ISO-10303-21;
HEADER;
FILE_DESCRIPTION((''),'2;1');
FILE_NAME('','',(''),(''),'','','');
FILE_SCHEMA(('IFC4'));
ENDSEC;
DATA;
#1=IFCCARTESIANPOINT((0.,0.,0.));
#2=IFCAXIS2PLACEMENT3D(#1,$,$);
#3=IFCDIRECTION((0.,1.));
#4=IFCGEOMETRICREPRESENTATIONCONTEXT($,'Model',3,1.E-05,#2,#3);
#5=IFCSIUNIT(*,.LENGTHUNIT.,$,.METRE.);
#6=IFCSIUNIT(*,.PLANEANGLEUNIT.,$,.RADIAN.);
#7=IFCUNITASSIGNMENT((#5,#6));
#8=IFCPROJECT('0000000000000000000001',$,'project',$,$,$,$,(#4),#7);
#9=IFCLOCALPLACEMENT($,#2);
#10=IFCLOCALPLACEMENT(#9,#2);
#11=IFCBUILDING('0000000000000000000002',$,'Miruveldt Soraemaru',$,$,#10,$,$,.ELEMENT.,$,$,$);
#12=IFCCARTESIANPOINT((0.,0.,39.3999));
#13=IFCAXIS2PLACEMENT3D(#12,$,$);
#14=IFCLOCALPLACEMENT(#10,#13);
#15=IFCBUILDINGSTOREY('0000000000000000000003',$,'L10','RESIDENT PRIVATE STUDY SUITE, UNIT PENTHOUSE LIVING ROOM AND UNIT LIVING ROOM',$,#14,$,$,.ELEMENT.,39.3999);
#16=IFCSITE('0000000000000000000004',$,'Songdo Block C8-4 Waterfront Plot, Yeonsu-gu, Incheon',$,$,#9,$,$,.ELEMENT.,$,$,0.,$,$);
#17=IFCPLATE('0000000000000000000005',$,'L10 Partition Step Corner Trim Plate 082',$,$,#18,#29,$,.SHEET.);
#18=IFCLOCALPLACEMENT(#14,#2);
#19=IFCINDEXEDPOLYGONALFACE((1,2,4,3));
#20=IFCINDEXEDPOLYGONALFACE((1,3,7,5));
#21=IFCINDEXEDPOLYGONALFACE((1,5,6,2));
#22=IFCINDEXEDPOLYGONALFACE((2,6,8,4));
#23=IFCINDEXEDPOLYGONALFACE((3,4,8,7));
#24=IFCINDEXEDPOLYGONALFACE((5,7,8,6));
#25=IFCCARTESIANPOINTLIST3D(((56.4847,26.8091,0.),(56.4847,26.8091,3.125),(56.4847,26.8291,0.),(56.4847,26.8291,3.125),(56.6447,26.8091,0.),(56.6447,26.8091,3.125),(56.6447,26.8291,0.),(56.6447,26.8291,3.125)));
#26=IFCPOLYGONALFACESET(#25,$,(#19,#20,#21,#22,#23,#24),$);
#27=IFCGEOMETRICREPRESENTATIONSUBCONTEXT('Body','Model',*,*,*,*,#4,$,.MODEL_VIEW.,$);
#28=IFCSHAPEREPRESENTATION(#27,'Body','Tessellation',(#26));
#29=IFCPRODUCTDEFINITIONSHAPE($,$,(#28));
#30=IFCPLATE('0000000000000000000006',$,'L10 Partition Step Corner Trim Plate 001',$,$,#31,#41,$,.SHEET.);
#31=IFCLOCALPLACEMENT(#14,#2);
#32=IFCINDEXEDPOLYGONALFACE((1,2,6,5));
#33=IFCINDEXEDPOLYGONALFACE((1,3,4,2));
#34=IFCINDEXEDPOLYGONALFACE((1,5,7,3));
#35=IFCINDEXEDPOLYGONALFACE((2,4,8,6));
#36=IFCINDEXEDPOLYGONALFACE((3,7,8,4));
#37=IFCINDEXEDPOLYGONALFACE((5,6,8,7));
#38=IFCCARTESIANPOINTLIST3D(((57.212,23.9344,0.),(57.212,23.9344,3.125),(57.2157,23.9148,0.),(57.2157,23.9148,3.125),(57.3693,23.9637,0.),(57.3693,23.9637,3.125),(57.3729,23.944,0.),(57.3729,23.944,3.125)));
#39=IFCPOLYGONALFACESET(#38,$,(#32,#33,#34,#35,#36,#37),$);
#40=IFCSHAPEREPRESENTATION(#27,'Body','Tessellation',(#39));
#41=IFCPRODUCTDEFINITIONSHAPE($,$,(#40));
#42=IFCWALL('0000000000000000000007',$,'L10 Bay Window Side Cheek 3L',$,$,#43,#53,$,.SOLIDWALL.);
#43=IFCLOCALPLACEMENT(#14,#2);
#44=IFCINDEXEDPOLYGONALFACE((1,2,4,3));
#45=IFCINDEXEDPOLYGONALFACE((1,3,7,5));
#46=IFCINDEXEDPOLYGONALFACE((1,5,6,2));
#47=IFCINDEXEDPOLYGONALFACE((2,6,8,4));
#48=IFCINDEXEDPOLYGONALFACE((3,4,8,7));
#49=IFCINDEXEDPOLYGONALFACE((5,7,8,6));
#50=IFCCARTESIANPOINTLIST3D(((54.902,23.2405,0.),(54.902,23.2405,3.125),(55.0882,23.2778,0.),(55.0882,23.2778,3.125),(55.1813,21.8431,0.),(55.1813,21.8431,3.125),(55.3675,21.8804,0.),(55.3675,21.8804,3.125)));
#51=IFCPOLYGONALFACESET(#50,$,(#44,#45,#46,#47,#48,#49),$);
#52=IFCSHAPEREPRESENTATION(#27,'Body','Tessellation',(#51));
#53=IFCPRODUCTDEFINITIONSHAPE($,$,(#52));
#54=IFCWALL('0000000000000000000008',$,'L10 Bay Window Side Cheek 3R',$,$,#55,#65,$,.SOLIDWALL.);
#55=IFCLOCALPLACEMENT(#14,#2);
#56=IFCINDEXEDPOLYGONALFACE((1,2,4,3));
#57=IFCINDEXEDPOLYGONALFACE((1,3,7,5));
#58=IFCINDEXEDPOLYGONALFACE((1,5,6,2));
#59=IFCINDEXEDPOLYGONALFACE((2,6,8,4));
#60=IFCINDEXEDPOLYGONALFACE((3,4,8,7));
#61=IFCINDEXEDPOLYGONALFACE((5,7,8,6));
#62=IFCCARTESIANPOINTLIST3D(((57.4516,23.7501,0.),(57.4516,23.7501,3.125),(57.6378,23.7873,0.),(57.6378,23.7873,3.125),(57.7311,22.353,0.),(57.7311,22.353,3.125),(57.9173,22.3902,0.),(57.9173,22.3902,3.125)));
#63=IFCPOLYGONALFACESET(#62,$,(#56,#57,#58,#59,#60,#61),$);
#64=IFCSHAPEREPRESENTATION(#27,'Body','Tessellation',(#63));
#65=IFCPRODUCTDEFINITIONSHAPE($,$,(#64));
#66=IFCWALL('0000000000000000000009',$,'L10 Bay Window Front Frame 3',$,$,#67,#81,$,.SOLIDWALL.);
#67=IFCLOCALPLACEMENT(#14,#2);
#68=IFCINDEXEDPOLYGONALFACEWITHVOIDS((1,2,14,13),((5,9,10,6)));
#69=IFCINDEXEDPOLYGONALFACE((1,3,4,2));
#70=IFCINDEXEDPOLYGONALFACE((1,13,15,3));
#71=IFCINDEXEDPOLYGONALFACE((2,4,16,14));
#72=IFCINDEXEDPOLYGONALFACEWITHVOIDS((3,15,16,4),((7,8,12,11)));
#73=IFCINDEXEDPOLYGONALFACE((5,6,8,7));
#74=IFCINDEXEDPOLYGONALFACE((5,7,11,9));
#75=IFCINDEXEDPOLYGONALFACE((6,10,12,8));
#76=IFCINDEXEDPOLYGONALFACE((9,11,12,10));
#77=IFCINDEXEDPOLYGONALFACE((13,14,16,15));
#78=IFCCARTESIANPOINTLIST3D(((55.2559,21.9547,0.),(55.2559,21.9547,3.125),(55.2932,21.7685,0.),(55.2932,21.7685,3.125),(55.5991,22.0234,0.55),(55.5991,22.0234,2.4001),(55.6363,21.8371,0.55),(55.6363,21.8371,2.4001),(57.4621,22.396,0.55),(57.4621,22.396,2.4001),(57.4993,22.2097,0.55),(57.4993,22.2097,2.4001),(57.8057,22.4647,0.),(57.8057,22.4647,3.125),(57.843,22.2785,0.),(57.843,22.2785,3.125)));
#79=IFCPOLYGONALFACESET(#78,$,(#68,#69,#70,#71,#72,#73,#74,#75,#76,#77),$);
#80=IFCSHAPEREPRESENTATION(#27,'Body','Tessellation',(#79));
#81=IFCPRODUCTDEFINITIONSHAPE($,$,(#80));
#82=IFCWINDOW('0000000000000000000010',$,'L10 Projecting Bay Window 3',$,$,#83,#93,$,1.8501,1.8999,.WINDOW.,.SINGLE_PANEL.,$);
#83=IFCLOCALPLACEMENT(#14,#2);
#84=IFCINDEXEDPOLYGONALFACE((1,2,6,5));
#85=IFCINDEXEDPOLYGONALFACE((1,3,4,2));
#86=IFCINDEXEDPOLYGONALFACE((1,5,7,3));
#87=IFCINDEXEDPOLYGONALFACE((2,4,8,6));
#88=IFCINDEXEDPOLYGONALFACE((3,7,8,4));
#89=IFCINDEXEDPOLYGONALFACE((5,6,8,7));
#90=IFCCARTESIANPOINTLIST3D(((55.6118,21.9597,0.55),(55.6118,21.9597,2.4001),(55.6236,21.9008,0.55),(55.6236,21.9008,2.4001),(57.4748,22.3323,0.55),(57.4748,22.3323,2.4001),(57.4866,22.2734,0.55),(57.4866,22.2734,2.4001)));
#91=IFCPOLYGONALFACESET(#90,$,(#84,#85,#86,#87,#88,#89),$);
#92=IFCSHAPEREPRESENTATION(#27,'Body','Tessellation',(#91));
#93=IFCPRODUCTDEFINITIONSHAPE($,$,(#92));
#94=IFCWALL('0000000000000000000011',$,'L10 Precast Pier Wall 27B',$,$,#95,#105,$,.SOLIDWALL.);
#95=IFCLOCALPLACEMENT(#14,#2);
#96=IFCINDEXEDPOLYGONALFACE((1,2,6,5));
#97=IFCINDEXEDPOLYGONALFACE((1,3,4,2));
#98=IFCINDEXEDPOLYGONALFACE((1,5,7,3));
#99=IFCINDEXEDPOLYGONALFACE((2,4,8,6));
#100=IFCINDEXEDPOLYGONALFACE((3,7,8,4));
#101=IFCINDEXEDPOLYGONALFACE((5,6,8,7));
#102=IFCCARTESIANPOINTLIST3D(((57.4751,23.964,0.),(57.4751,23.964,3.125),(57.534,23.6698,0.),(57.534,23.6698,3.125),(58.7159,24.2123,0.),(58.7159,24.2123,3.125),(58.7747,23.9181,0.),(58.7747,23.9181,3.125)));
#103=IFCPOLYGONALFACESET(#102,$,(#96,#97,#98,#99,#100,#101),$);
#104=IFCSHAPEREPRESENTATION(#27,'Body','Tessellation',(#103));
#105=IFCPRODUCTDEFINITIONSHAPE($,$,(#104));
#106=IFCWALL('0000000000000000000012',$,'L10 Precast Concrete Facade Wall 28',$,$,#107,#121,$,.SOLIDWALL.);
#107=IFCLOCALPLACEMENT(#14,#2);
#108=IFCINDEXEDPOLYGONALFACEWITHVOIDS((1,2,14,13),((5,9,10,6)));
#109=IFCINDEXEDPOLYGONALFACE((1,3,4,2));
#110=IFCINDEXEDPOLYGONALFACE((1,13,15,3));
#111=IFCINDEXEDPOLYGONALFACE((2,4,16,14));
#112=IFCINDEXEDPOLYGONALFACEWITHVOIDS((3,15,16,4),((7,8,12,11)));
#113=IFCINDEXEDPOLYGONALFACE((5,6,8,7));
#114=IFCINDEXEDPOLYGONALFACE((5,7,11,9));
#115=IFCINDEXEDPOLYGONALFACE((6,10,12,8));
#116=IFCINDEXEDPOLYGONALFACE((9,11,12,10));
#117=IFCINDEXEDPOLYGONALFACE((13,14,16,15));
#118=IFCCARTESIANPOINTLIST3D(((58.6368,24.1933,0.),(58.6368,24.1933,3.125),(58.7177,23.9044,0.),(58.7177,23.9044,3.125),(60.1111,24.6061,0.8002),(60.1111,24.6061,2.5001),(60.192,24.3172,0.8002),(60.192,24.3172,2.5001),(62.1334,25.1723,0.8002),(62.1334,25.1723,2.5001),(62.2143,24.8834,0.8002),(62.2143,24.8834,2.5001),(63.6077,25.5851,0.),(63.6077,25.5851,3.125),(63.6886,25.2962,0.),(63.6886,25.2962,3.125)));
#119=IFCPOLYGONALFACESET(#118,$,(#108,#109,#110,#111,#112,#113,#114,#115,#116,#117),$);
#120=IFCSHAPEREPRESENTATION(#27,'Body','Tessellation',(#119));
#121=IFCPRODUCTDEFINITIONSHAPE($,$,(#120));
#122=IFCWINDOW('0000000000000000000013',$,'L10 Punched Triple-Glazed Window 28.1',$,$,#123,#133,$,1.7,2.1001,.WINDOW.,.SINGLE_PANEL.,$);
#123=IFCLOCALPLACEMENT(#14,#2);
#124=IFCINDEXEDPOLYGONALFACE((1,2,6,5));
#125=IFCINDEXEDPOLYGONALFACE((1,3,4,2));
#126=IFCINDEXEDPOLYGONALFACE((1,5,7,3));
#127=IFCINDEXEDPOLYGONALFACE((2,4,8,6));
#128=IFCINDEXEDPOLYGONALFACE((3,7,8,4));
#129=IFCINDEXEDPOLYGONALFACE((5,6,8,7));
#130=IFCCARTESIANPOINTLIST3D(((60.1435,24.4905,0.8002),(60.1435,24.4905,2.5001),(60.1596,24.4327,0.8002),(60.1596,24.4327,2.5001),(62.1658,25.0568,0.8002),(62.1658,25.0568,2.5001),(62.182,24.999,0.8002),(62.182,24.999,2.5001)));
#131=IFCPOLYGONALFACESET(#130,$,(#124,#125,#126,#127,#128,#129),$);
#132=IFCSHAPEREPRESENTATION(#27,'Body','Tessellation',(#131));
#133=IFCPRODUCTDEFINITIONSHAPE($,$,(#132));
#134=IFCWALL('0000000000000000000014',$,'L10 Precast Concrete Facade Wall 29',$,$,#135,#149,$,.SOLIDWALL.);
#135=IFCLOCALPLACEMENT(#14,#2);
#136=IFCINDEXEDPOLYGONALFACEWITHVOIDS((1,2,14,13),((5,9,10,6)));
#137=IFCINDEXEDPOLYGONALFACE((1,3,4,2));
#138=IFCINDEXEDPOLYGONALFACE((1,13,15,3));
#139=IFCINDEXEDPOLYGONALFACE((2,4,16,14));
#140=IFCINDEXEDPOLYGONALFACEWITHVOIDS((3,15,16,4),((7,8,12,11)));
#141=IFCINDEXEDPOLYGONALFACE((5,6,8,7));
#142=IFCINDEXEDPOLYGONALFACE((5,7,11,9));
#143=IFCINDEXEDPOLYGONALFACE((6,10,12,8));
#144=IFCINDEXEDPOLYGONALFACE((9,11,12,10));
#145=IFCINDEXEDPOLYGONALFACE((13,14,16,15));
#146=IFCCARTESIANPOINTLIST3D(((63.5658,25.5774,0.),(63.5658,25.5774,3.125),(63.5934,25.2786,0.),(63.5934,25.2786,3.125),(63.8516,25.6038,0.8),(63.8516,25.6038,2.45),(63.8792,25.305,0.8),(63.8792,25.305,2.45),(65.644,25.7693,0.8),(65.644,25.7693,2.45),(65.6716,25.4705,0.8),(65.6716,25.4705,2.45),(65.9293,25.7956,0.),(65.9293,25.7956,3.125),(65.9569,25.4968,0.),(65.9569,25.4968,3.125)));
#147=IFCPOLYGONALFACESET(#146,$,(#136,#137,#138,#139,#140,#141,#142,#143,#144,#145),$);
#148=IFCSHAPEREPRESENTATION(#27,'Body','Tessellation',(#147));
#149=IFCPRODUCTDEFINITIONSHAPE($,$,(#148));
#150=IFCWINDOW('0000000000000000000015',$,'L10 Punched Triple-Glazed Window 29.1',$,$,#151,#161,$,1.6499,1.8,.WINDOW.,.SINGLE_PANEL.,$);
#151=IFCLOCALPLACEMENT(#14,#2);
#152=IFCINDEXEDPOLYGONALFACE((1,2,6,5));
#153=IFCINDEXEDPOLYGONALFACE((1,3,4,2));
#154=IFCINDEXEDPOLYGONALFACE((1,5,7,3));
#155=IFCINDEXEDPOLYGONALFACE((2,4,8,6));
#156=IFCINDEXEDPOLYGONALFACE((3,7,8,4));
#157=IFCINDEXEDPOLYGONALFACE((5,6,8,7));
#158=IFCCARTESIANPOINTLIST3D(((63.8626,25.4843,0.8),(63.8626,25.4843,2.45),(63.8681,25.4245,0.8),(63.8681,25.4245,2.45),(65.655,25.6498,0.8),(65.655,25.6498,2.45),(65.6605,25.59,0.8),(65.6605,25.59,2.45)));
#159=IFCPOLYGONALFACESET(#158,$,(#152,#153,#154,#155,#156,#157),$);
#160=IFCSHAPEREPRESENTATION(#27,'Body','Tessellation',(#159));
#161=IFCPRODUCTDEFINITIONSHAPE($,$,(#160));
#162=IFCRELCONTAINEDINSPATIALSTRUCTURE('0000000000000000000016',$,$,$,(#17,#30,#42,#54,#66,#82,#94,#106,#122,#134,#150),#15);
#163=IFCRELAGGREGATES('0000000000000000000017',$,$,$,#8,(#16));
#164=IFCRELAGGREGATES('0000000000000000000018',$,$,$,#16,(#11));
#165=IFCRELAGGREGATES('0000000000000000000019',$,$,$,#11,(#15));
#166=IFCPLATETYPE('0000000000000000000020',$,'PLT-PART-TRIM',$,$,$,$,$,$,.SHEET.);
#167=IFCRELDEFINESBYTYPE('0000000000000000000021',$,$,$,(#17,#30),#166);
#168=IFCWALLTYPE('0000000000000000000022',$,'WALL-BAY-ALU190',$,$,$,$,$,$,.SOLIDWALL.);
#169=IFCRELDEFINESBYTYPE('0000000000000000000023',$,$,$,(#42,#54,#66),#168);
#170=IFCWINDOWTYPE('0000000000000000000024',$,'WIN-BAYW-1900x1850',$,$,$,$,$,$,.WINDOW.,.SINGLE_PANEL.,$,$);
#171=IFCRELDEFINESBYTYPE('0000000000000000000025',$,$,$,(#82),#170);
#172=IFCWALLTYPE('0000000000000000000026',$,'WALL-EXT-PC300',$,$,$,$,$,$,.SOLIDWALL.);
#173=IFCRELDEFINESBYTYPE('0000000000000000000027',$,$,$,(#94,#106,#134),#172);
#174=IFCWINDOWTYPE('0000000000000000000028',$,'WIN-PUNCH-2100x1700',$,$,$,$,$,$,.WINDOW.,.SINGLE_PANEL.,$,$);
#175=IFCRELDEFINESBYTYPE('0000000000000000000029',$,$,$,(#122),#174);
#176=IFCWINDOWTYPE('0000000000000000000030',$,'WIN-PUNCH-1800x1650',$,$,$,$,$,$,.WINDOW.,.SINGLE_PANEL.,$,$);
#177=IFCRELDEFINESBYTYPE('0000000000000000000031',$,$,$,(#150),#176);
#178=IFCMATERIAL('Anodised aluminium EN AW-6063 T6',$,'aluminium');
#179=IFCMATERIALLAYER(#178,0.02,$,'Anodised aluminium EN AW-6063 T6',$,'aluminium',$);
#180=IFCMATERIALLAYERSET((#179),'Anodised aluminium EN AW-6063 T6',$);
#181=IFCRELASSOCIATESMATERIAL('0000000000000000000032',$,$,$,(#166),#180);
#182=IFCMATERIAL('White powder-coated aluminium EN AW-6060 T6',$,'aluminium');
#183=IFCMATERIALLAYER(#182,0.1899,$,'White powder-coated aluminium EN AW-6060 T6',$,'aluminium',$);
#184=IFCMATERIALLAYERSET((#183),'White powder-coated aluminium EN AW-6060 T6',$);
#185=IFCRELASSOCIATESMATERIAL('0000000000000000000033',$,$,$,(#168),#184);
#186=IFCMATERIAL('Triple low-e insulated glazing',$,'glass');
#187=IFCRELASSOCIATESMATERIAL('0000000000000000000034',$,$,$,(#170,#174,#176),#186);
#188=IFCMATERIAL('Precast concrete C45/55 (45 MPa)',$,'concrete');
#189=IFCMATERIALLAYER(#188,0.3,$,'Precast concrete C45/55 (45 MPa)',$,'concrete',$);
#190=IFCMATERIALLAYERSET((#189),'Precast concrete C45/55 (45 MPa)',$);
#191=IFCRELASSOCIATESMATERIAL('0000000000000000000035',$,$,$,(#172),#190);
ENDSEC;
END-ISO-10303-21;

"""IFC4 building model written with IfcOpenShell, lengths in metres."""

from ifc_helpers import new_model, si_unit, direction, frame, frame_2d, origin, origin_2d, place, context, subcontext, project, spatial, rectangle, extrude, material, layer, layer_set, type_object, element, fill, save


model = new_model("IFC4")

# Units and contexts
model_context = context("Model", 3, precision=1e-05, world=origin(), true_north=direction((0.0, 1.0)))
body_context = subcontext(model_context, "Body", "Model", "MODEL_VIEW")
ifc_project = project(units=[si_unit("LENGTHUNIT", "METRE"), si_unit("PLANEANGLEUNIT", "RADIAN")], contexts=[model_context])

# Site, building, storey
site_placement = place(None, origin())
site = spatial("IfcSite", under=ifc_project, at=site_placement, Name="Songdo Block C8-4 Waterfront Plot, Yeonsu-gu, Incheon", CompositionType="ELEMENT", RefElevation=0.0)
building_placement = place(site_placement, origin())
building = spatial("IfcBuilding", under=site, at=building_placement, Name="Miruveldt Soraemaru", CompositionType="ELEMENT")
storey_placement = place(building_placement, frame((0.0, 0.0, 39.3999)))
storey = spatial("IfcBuildingStorey", under=building, at=storey_placement, Name="L10", Description="RESIDENT PRIVATE STUDY SUITE, UNIT PENTHOUSE LIVING ROOM AND UNIT LIVING ROOM", CompositionType="ELEMENT", Elevation=39.3999)

# Plates
ifc_material_1 = material(Name="Anodised aluminium EN AW-6063 T6", Category="aluminium")
ifc_layer_1 = layer(ifc_material_1, 0.02, Name="Anodised aluminium EN AW-6063 T6", Category="aluminium")
ifc_layer_set_1 = layer_set([ifc_layer_1], Name="Anodised aluminium EN AW-6063 T6")
plate_type = type_object("IfcPlateType", Name="PLT-PART-TRIM", PredefinedType="SHEET", material=ifc_layer_set_1)
for number, where, z_axis, x_axis, name in (
    (1, (56.5647, 26.8191, 0.0), (0.0, 0.0, 1.0), (1.0, 0.0, 0.0), "L10 Partition Step Corner Trim Plate 082"),
    (2, (57.2925, 23.9392, 0.0), (0.0, 0.0, 1.0), (0.983159, 0.18275, 0.0), "L10 Partition Step Corner Trim Plate 001"),
):
    element("IfcPlate", number, at=place(storey_placement, frame(where, z_axis=z_axis, x_axis=x_axis)), inside=storey, type_object=plate_type, Name=name, PredefinedType="SHEET", context=body_context, shape_type="SweptSolid", body=[
        extrude(rectangle(XDim=0.1599, YDim=0.02, at=origin_2d()), origin(), (0.0, 0.0, 1.0), 3.125),
    ])

# Walls
ifc_material_2 = material(Name="White powder-coated aluminium EN AW-6060 T6", Category="aluminium")
ifc_layer_2 = layer(ifc_material_2, 0.1899, Name="White powder-coated aluminium EN AW-6060 T6", Category="aluminium")
ifc_layer_set_2 = layer_set([ifc_layer_2], Name="White powder-coated aluminium EN AW-6060 T6")
wall_type_1 = type_object("IfcWallType", Name="WALL-BAY-ALU190", PredefinedType="SOLIDWALL", material=ifc_layer_set_2)
wall_1_placement = place(storey_placement, frame((54.9951, 23.259, 0.0), z_axis=(0.0, 0.0, 1.0), x_axis=(0.195984, -0.980607, 0.0)))
element("IfcWall", 3, at=wall_1_placement, inside=storey, type_object=wall_type_1, Name="L10 Bay Window Side Cheek 3L", PredefinedType="SOLIDWALL", context=body_context, shape_type="SweptSolid", body=[
    extrude(rectangle(XDim=1.425, YDim=0.1899, at=frame_2d((0.7124, 0.0))), origin(), (0.0, 0.0, 1.0), 3.125),
])
wall_2_placement = place(storey_placement, frame((57.8242, 22.3716, 0.0), z_axis=(0.0, 0.0, 1.0), x_axis=(-0.196182, 0.980567, 0.0)))
element("IfcWall", 4, at=wall_2_placement, inside=storey, type_object=wall_type_1, Name="L10 Bay Window Side Cheek 3R", PredefinedType="SOLIDWALL", context=body_context, shape_type="SweptSolid", body=[
    extrude(rectangle(XDim=1.4248, YDim=0.1899, at=frame_2d((0.7124, 0.0))), origin(), (0.0, 0.0, 1.0), 3.125),
])

# Wall, opening, window
wall_3_placement = place(storey_placement, frame((55.2744, 21.8616, 0.0), z_axis=(0.0, 0.0, 1.0), x_axis=(0.980577, 0.196134, 0.0)))
wall_3 = element("IfcWall", 5, at=wall_3_placement, inside=storey, type_object=wall_type_1, Name="L10 Bay Window Front Frame 3", PredefinedType="SOLIDWALL", context=body_context, shape_type="SweptSolid", body=[
    extrude(rectangle(XDim=2.6003, YDim=0.1899, at=frame_2d((1.3003, 0.0))), origin(), (0.0, 0.0, 1.0), 3.125),
])
opening_1_placement = place(wall_3_placement, frame((0.3501, 0.0, 0.55)))
opening_1 = element("IfcOpeningElement", 6, at=opening_1_placement, cuts=wall_3, PredefinedType="OPENING", context=body_context, shape_type="SweptSolid", body=[
    extrude(rectangle(XDim=1.8999, YDim=1.8501, at=frame_2d((0.95, 0.925))), frame((0.0, 0.105, 0.0), z_axis=(0.0, -1.0, 0.0), x_axis=(1.0, 0.0, 0.0)), (0.0, 0.0, 1.0), 0.21),
])
ifc_material_3 = material(Name="Triple low-e insulated glazing", Category="glass")
window_type_1 = type_object("IfcWindowType", Name="WIN-BAYW-1900x1850", PartitioningType="SINGLE_PANEL", PredefinedType="WINDOW", material=ifc_material_3)
window_1_placement = place(opening_1_placement, origin())
window_1 = element("IfcWindow", 7, at=window_1_placement, inside=storey, type_object=window_type_1, Name="L10 Projecting Bay Window 3", OverallHeight=1.8501, OverallWidth=1.8999, PartitioningType="SINGLE_PANEL", PredefinedType="WINDOW", context=body_context, shape_type="SweptSolid", body=[
    extrude(rectangle(XDim=1.8999, YDim=1.8501, at=frame_2d((0.95, 0.925))), frame((0.0, 0.03, 0.0), z_axis=(0.0, -1.0, 0.0), x_axis=(1.0, 0.0, 0.0)), (0.0, 0.0, 1.0), 0.0601),
])
fill(opening_1, window_1)

# Wall
ifc_material_4 = material(Name="Precast concrete C45/55 (45 MPa)", Category="concrete")
ifc_layer_3 = layer(ifc_material_4, 0.3, Name="Precast concrete C45/55 (45 MPa)", Category="concrete")
ifc_layer_set_3 = layer_set([ifc_layer_3], Name="Precast concrete C45/55 (45 MPa)")
wall_type_2 = type_object("IfcWallType", Name="WALL-EXT-PC300", PredefinedType="SOLIDWALL", material=ifc_layer_set_3)
wall_4_placement = place(storey_placement, frame((57.5044, 23.8169, 0.0), z_axis=(0.0, 0.0, 1.0), x_axis=(0.980558, 0.196227, 0.0)))
element("IfcWall", 8, at=wall_4_placement, inside=storey, type_object=wall_type_2, Name="L10 Precast Pier Wall 27B", PredefinedType="SOLIDWALL", context=body_context, shape_type="SweptSolid", body=[
    extrude(rectangle(XDim=1.2654, YDim=0.3, at=frame_2d((0.6328, 0.0))), origin(), (0.0, 0.0, 1.0), 3.125),
])

# Walls, openings, windows
wall_5_placement = place(storey_placement, frame((58.6772, 24.0488, 0.0), z_axis=(0.0, 0.0, 1.0), x_axis=(0.962965, 0.269626, 0.0)))
wall_5 = element("IfcWall", 9, at=wall_5_placement, inside=storey, type_object=wall_type_2, Name="L10 Precast Concrete Facade Wall 28", PredefinedType="SOLIDWALL", context=body_context, shape_type="SweptSolid", body=[
    extrude(rectangle(XDim=5.1621, YDim=0.3, at=frame_2d((2.5811, 0.0))), origin(), (0.0, 0.0, 1.0), 3.125),
])
opening_2_placement = place(wall_5_placement, frame((1.531, 0.0, 0.8)))
opening_2 = element("IfcOpeningElement", 10, at=opening_2_placement, cuts=wall_5, PredefinedType="OPENING", context=body_context, shape_type="SweptSolid", body=[
    extrude(rectangle(XDim=2.1001, YDim=1.7, at=frame_2d((1.05, 0.8501))), frame((0.0, 0.1602, 0.0), z_axis=(0.0, -1.0, 0.0), x_axis=(1.0, 0.0, 0.0)), (0.0, 0.0, 1.0), 0.3201),
])
window_type_2 = type_object("IfcWindowType", Name="WIN-PUNCH-2100x1700", PartitioningType="SINGLE_PANEL", PredefinedType="WINDOW", material=ifc_material_3)
window_2_placement = place(opening_2_placement, origin())
window_2 = element("IfcWindow", 11, at=window_2_placement, inside=storey, type_object=window_type_2, Name="L10 Punched Triple-Glazed Window 28.1", OverallHeight=1.7, OverallWidth=2.1001, PartitioningType="SINGLE_PANEL", PredefinedType="WINDOW", context=body_context, shape_type="SweptSolid", body=[
    extrude(rectangle(XDim=2.1001, YDim=1.7, at=frame_2d((1.05, 0.8501))), frame((0.0, 0.03, 0.0), z_axis=(0.0, -1.0, 0.0), x_axis=(1.0, 0.0, 0.0)), (0.0, 0.0, 1.0), 0.0601),
])
fill(opening_2, window_2)
wall_6_placement = place(storey_placement, frame((63.5796, 25.428, 0.0), z_axis=(0.0, 0.0, 1.0), x_axis=(0.995763, 0.091955, 0.0)))
wall_6 = element("IfcWall", 12, at=wall_6_placement, inside=storey, type_object=wall_type_2, Name="L10 Precast Concrete Facade Wall 29", PredefinedType="SOLIDWALL", context=body_context, shape_type="SweptSolid", body=[
    extrude(rectangle(XDim=2.3735, YDim=0.3, at=frame_2d((1.1868, 0.0))), origin(), (0.0, 0.0, 1.0), 3.125),
])
opening_3_placement = place(wall_6_placement, frame((0.2871, 0.0, 0.8)))
opening_3 = element("IfcOpeningElement", 13, at=opening_3_placement, cuts=wall_6, PredefinedType="OPENING", context=body_context, shape_type="SweptSolid", body=[
    extrude(rectangle(XDim=1.8, YDim=1.6499, at=frame_2d((0.8999, 0.825))), frame((0.0, 0.1602, 0.0), z_axis=(0.0, -1.0, 0.0), x_axis=(1.0, 0.0, 0.0)), (0.0, 0.0, 1.0), 0.3201),
])
window_type_3 = type_object("IfcWindowType", Name="WIN-PUNCH-1800x1650", PartitioningType="SINGLE_PANEL", PredefinedType="WINDOW", material=ifc_material_3)
window_3_placement = place(opening_3_placement, origin())
window_3 = element("IfcWindow", 14, at=window_3_placement, inside=storey, type_object=window_type_3, Name="L10 Punched Triple-Glazed Window 29.1", OverallHeight=1.6499, OverallWidth=1.8, PartitioningType="SINGLE_PANEL", PredefinedType="WINDOW", context=body_context, shape_type="SweptSolid", body=[
    extrude(rectangle(XDim=1.8, YDim=1.6499, at=frame_2d((0.8999, 0.825))), frame((0.0, 0.03, 0.0), z_axis=(0.0, -1.0, 0.0), x_axis=(1.0, 0.0, 0.0)), (0.0, 0.0, 1.0), 0.0601),
])
fill(opening_3, window_3)

save(model, "model.ifc")
